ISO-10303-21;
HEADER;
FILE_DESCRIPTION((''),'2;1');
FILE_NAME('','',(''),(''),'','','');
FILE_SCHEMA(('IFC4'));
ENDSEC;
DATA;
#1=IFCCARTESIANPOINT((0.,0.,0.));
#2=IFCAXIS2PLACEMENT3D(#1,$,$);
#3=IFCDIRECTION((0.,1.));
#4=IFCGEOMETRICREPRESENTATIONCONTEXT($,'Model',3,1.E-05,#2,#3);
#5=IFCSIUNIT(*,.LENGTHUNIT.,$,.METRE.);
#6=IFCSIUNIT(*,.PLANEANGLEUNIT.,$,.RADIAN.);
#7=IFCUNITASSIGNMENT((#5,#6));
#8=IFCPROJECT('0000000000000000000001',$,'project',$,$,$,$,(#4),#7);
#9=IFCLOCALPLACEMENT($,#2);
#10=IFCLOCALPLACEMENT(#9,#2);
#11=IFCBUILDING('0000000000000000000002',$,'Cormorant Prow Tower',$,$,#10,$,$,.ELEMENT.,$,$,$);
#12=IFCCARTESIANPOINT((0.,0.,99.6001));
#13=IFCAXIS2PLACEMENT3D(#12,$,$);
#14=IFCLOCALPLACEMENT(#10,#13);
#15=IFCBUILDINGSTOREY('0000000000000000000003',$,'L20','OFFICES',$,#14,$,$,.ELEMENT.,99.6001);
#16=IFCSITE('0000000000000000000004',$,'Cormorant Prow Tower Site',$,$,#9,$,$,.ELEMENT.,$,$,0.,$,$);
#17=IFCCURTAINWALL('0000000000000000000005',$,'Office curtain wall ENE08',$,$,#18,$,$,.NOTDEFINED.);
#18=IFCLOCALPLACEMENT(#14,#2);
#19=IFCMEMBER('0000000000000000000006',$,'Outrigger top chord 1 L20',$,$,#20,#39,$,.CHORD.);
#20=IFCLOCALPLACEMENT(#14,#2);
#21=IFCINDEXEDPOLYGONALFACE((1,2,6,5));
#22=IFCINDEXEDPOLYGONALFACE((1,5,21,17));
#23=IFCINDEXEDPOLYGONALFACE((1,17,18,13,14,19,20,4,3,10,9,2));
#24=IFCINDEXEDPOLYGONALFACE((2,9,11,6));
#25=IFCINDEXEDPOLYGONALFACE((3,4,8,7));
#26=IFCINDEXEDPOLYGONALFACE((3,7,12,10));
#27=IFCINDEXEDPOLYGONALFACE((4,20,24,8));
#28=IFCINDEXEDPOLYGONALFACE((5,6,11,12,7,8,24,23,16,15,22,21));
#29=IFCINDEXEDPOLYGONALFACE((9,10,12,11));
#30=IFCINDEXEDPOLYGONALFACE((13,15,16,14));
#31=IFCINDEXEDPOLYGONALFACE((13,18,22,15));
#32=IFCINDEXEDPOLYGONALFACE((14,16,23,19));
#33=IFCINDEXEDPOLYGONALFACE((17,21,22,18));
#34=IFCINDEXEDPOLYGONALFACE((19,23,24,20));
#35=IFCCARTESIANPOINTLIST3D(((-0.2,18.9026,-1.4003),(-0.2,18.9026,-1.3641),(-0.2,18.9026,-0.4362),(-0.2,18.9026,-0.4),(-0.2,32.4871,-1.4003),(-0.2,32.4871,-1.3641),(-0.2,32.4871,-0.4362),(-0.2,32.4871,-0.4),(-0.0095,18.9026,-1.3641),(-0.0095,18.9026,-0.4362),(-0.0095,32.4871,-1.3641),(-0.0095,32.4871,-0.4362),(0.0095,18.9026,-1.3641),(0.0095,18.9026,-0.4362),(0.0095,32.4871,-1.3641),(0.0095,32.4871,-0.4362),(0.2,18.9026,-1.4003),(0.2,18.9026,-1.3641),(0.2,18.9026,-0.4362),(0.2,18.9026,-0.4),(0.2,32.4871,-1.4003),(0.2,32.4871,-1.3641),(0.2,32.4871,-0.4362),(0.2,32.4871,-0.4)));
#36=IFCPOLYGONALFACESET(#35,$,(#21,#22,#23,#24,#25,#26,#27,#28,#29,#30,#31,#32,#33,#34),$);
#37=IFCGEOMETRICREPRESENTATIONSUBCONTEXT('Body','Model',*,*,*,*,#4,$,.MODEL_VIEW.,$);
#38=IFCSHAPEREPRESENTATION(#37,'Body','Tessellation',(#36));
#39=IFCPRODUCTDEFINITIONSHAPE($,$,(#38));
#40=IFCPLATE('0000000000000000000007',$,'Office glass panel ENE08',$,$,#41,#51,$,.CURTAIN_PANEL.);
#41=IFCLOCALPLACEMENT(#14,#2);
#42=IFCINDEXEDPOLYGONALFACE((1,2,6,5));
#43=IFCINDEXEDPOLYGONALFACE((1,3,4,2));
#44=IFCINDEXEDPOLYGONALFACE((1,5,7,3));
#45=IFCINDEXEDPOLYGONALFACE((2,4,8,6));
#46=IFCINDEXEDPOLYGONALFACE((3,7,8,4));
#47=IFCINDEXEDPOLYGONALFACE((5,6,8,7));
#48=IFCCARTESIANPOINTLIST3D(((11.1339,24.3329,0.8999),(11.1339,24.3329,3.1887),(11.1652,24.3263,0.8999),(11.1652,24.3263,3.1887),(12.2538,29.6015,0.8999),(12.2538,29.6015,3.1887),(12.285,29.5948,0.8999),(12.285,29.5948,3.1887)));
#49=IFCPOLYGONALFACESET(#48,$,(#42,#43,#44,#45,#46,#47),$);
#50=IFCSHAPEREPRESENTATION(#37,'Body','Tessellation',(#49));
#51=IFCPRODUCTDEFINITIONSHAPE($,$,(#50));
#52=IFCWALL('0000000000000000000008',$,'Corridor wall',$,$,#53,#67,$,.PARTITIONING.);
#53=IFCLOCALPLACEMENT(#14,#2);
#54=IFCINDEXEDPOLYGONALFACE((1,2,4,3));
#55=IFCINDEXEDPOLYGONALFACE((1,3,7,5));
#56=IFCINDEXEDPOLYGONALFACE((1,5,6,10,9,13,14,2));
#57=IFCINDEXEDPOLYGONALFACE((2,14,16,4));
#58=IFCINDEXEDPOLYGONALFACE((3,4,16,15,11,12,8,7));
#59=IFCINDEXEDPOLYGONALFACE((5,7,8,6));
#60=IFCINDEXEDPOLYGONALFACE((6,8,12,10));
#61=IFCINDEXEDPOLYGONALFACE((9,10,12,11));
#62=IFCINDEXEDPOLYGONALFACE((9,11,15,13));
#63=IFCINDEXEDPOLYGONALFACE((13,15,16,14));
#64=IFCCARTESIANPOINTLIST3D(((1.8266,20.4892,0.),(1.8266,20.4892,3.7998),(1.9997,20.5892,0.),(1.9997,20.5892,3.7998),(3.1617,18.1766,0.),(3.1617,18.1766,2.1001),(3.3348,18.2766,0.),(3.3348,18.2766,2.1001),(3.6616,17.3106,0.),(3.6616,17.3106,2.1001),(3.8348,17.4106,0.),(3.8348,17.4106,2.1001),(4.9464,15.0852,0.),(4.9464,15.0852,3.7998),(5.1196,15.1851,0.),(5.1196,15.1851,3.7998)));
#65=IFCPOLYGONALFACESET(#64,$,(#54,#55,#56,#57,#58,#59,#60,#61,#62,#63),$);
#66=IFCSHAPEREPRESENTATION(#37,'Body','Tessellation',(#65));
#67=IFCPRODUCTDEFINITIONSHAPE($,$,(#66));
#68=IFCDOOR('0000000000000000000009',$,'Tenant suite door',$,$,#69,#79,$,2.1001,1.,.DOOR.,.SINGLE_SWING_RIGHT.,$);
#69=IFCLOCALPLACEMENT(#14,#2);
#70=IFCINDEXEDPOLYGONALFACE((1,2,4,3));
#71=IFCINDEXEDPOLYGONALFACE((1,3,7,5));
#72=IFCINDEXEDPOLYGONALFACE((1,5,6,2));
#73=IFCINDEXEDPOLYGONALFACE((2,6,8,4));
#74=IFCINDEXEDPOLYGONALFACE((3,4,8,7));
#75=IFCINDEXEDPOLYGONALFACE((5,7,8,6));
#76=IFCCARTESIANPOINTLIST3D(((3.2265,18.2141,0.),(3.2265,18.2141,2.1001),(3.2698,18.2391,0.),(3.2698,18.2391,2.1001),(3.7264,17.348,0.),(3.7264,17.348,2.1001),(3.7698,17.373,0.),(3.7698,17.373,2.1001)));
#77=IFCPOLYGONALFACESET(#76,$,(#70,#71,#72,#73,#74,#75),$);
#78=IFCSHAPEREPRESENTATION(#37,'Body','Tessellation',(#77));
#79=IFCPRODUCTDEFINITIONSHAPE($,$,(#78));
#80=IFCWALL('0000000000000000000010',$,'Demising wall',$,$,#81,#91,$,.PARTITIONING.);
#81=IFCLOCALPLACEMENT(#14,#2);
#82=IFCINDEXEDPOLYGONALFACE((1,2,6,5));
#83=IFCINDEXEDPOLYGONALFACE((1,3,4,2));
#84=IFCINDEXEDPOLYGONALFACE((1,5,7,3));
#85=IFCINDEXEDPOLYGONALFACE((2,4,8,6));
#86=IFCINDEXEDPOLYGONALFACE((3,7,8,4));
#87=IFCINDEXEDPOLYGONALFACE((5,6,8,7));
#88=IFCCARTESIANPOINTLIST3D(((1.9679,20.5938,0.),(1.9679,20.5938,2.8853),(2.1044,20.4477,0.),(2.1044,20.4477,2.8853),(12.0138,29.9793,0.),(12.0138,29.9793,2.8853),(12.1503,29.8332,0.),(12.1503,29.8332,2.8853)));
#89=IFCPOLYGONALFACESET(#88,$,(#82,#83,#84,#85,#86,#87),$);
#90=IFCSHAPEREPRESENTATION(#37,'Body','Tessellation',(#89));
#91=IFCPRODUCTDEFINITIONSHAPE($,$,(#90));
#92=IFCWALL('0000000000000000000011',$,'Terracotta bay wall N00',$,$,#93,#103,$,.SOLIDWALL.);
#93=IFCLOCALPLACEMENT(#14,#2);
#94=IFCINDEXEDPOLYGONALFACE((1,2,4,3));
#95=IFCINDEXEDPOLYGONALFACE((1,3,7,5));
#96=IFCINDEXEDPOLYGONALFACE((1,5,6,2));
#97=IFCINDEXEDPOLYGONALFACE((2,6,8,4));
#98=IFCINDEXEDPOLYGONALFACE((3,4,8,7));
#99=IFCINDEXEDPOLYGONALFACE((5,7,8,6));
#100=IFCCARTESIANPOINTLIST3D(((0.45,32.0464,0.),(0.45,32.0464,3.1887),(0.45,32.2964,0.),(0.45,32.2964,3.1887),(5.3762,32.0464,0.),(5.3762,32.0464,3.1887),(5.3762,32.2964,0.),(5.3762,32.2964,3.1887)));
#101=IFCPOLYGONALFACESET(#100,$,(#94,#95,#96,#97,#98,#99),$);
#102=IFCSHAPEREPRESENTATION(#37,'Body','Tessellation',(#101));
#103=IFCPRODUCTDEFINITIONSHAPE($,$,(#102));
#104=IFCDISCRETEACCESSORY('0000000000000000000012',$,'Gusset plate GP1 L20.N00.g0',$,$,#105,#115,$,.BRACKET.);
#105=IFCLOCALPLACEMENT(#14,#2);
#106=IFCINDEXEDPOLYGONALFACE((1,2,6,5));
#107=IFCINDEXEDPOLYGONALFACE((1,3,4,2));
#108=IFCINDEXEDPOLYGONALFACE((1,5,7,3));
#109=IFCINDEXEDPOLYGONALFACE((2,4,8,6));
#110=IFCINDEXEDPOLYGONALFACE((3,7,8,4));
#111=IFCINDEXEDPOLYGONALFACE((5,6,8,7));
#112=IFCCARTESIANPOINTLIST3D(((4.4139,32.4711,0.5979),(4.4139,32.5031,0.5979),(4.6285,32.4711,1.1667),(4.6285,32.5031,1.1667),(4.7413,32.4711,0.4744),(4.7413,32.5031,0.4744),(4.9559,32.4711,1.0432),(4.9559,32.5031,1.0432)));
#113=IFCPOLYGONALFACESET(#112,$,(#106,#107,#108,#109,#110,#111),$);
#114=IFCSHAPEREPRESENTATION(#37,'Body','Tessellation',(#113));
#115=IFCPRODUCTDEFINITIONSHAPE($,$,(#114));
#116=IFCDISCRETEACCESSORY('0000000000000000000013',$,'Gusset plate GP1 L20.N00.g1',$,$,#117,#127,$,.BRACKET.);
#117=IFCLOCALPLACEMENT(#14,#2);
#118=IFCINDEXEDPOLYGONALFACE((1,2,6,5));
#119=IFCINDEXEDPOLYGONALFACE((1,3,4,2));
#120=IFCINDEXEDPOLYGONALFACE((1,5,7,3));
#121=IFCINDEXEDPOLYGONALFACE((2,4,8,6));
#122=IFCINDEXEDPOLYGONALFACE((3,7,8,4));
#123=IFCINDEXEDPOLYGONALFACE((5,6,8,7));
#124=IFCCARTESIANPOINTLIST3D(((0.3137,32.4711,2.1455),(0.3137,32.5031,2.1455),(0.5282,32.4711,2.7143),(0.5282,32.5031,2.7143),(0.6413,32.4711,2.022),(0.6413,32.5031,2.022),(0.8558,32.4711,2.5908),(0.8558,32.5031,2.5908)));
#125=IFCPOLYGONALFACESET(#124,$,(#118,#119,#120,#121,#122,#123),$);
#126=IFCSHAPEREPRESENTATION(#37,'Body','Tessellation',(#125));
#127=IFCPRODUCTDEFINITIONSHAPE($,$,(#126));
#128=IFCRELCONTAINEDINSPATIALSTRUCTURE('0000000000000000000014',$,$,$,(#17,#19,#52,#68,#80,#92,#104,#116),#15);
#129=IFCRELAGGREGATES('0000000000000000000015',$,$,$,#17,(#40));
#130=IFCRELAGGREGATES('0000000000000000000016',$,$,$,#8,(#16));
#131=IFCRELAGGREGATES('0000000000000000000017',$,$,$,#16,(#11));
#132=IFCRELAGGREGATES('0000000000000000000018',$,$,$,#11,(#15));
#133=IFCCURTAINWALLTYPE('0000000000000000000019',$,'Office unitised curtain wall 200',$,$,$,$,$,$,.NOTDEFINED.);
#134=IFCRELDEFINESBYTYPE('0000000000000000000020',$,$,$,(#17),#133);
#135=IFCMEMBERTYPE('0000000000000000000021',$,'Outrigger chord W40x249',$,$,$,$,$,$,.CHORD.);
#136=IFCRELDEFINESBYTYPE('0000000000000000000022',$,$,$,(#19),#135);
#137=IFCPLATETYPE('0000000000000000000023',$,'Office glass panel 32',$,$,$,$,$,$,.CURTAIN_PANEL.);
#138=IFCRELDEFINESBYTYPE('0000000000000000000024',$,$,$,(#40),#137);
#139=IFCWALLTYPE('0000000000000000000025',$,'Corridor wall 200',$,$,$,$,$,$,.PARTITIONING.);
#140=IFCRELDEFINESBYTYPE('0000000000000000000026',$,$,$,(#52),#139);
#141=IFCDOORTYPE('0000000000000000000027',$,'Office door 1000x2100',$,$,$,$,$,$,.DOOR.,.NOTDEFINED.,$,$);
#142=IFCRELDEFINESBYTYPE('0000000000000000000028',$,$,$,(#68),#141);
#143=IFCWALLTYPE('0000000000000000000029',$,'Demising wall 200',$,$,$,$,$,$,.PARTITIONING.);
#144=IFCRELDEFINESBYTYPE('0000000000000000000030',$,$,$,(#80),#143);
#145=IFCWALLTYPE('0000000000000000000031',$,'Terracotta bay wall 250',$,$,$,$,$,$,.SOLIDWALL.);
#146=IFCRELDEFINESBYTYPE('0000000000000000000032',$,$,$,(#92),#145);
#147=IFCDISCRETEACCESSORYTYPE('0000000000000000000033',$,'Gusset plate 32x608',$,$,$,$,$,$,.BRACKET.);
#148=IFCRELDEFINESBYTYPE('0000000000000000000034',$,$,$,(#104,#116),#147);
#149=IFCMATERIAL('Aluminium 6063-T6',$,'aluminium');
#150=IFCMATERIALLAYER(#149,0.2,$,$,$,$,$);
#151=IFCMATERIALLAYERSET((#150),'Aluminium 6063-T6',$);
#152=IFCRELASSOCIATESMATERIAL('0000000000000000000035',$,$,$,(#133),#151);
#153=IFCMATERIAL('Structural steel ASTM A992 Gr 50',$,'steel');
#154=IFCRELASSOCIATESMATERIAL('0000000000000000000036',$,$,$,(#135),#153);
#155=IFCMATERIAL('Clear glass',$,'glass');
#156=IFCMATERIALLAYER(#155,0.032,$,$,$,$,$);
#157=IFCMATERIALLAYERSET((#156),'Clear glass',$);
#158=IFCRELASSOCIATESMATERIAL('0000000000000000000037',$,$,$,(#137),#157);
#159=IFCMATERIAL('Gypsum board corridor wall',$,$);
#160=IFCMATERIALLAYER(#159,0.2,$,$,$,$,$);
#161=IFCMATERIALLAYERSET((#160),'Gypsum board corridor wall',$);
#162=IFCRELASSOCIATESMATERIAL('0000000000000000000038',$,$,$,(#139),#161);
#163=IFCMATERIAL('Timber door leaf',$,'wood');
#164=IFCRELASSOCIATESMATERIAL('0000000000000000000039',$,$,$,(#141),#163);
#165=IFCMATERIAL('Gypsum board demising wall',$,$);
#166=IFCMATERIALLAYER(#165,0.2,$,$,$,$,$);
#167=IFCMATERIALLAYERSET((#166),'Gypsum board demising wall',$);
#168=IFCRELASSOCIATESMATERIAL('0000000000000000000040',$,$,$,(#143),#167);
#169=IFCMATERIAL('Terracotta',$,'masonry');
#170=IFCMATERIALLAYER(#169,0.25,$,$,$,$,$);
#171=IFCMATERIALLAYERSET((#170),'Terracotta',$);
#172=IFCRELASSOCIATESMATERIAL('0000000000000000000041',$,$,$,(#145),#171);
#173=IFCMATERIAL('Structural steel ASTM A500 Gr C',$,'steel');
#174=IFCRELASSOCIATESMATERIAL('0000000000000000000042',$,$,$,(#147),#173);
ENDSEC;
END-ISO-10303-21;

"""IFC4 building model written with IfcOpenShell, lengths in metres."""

from ifc_helpers import new_model, si_unit, direction, frame, frame_2d, origin, origin_2d, place, context, subcontext, project, spatial, rectangle, i_section, extrude, material, layer, layer_set, material_profile, profile_set, type_object, element, fill, aggregate, save


model = new_model("IFC4")

# Units and contexts
model_context = context("Model", 3, precision=1e-05, world=origin(), true_north=direction((0.0, 1.0)))
body_context = subcontext(model_context, "Body", "Model", "MODEL_VIEW")
ifc_project = project(units=[si_unit("LENGTHUNIT", "METRE"), si_unit("PLANEANGLEUNIT", "RADIAN")], contexts=[model_context])

# Site, building, storey
site_placement = place(None, origin())
site = spatial("IfcSite", under=ifc_project, at=site_placement, Name="Cormorant Prow Tower Site", CompositionType="ELEMENT", RefElevation=0.0)
building_placement = place(site_placement, origin())
building = spatial("IfcBuilding", under=site, at=building_placement, Name="Cormorant Prow Tower", CompositionType="ELEMENT")
storey_placement = place(building_placement, frame((0.0, 0.0, 99.6001)))
storey = spatial("IfcBuildingStorey", under=building, at=storey_placement, Name="L20", Description="OFFICES", CompositionType="ELEMENT", Elevation=99.6001)

# Curtain wall
ifc_material_1 = material(Name="Aluminium 6063-T6", Category="aluminium")
ifc_layer_1 = layer(ifc_material_1, 0.2)
ifc_layer_set_1 = layer_set([ifc_layer_1], Name="Aluminium 6063-T6")
curtain_wall_type = type_object("IfcCurtainWallType", Name="Office unitised curtain wall 200", PredefinedType="NOTDEFINED", material=ifc_layer_set_1)
curtain_wall_placement = place(storey_placement, origin())
curtain_wall = element("IfcCurtainWall", 1, at=curtain_wall_placement, inside=storey, type_object=curtain_wall_type, Name="Office curtain wall ENE08", PredefinedType="NOTDEFINED")

# Member
ifc_material_2 = material(Name="Structural steel ASTM A992 Gr 50", Category="steel")
ifc_material_profile_1 = material_profile(ifc_material_2, i_section(OverallWidth=0.3999, OverallDepth=1.0002, WebThickness=0.019, FlangeThickness=0.0361, at=origin_2d()), Name="W40x249")
ifc_profile_set_1 = profile_set([ifc_material_profile_1], Name="Structural steel ASTM A992 Gr 50")
member_type_1 = type_object("IfcMemberType", Name="Outrigger chord W40x249", PredefinedType="CHORD", material=ifc_profile_set_1)
member_1_placement = place(storey_placement, frame((0.0, 18.9026, -0.9001), z_axis=(0.0, 1.0, 0.0), x_axis=(-1.0, 0.0, 0.0)))
element("IfcMember", 2, at=member_1_placement, inside=storey, type_object=member_type_1, Name="Outrigger top chord 1 L20", PredefinedType="CHORD", context=body_context, shape_type="SweptSolid", body=[
    extrude(i_section(OverallWidth=0.3999, OverallDepth=1.0002, WebThickness=0.019, FlangeThickness=0.0361, at=origin_2d()), origin(), (0.0, 0.0, 1.0), 13.5845),
])

# Plate
ifc_material_3 = material(Name="Clear glass", Category="glass")
ifc_layer_2 = layer(ifc_material_3, 0.032)
ifc_layer_set_2 = layer_set([ifc_layer_2], Name="Clear glass")
plate_type = type_object("IfcPlateType", Name="Office glass panel 32", PredefinedType="CURTAIN_PANEL", material=ifc_layer_set_2)
plate_placement = place(storey_placement, frame((11.7095, 26.9639, 0.8999), z_axis=(0.0, 0.0, 1.0), x_axis=(0.207912, 0.978148, 0.0)))
plate = element("IfcPlate", 3, at=plate_placement, type_object=plate_type, Name="Office glass panel ENE08", PredefinedType="CURTAIN_PANEL", context=body_context, shape_type="SweptSolid", body=[
    extrude(rectangle(XDim=5.3862, YDim=0.032, at=origin_2d()), origin(), (0.0, 0.0, 1.0), 2.2888),
])
aggregate(curtain_wall, [plate])

# Wall, opening, door
ifc_material_4 = material(Name="Gypsum board corridor wall")
ifc_layer_3 = layer(ifc_material_4, 0.2)
ifc_layer_set_3 = layer_set([ifc_layer_3], Name="Gypsum board corridor wall")
wall_type_1 = type_object("IfcWallType", Name="Corridor wall 200", PredefinedType="PARTITIONING", material=ifc_layer_set_3)
wall_1_placement = place(storey_placement, frame((1.9131, 20.5393, 0.0), z_axis=(0.0, 0.0, 1.0), x_axis=(0.499981, -0.866036, 0.0)))
wall_1 = element("IfcWall", 4, at=wall_1_placement, inside=storey, type_object=wall_type_1, Name="Corridor wall", PredefinedType="PARTITIONING", context=body_context, shape_type="SweptSolid", body=[
    extrude(rectangle(XDim=6.24, YDim=0.2, at=frame_2d((3.1201, 0.0))), origin(), (0.0, 0.0, 1.0), 3.7998),
])
opening_1_placement = place(wall_1_placement, frame((2.6704, 0.0, 0.0)))
opening_1 = element("IfcOpeningElement", 5, at=opening_1_placement, cuts=wall_1, PredefinedType="OPENING", context=body_context, shape_type="SweptSolid", body=[
    extrude(rectangle(XDim=1.0, YDim=2.1001, at=frame_2d((0.5, 1.05))), frame((0.0, 0.1099, 0.0), z_axis=(0.0, -1.0, 0.0), x_axis=(1.0, 0.0, 0.0)), (0.0, 0.0, 1.0), 0.22),
])
ifc_material_5 = material(Name="Timber door leaf", Category="wood")
door_type_1 = type_object("IfcDoorType", Name="Office door 1000x2100", OperationType="NOTDEFINED", PredefinedType="DOOR", material=ifc_material_5)
door_1_placement = place(opening_1_placement, origin())
door_1 = element("IfcDoor", 6, at=door_1_placement, inside=storey, type_object=door_type_1, Name="Tenant suite door", OperationType="SINGLE_SWING_RIGHT", OverallHeight=2.1001, OverallWidth=1.0, PredefinedType="DOOR", context=body_context, shape_type="SweptSolid", body=[
    extrude(rectangle(XDim=1.0, YDim=2.1001, at=frame_2d((0.5, 1.05))), frame((0.0, 0.0249, 0.0), z_axis=(0.0, -1.0, 0.0), x_axis=(1.0, 0.0, 0.0)), (0.0, 0.0, 1.0), 0.05),
])
fill(opening_1, door_1)

# Walls
ifc_material_6 = material(Name="Gypsum board demising wall")
ifc_layer_4 = layer(ifc_material_6, 0.2)
ifc_layer_set_4 = layer_set([ifc_layer_4], Name="Gypsum board demising wall")
wall_type_2 = type_object("IfcWallType", Name="Demising wall 200", PredefinedType="PARTITIONING", material=ifc_layer_set_4)
wall_2_placement = place(storey_placement, frame((2.0361, 20.5208, 0.0), z_axis=(0.0, 0.0, 1.0), x_axis=(0.730717, 0.682681, 0.0)))
element("IfcWall", 7, at=wall_2_placement, inside=storey, type_object=wall_type_2, Name="Demising wall", PredefinedType="PARTITIONING", context=body_context, shape_type="SweptSolid", body=[
    extrude(rectangle(XDim=13.748, YDim=0.2, at=frame_2d((6.874, 0.0))), origin(), (0.0, 0.0, 1.0), 2.8853),
])
ifc_material_7 = material(Name="Terracotta", Category="masonry")
ifc_layer_5 = layer(ifc_material_7, 0.25)
ifc_layer_set_5 = layer_set([ifc_layer_5], Name="Terracotta")
wall_type_3 = type_object("IfcWallType", Name="Terracotta bay wall 250", PredefinedType="SOLIDWALL", material=ifc_layer_set_5)
wall_3_placement = place(storey_placement, frame((5.3762, 32.1714, 0.0), z_axis=(0.0, 0.0, 1.0), x_axis=(-1.0, 0.0, 0.0)))
element("IfcWall", 8, at=wall_3_placement, inside=storey, type_object=wall_type_3, Name="Terracotta bay wall N00", PredefinedType="SOLIDWALL", context=body_context, shape_type="SweptSolid", body=[
    extrude(rectangle(XDim=4.9263, YDim=0.25, at=frame_2d((2.4631, 0.0))), origin(), (0.0, 0.0, 1.0), 3.1887),
])

# Discrete accessories
ifc_material_8 = material(Name="Structural steel ASTM A500 Gr C", Category="steel")
ifc_material_profile_2 = material_profile(ifc_material_8, rectangle(XDim=0.032, YDim=0.6079, at=origin_2d()), Name="Gusset plate 32x608")
ifc_profile_set_2 = profile_set([ifc_material_profile_2], Name="Structural steel ASTM A500 Gr C")
discrete_accessory_type = type_object("IfcDiscreteAccessoryType", Name="Gusset plate 32x608", PredefinedType="BRACKET", material=ifc_profile_set_2)
discrete_accessory_1_placement = place(storey_placement, frame((4.5212, 32.4871, 0.8823), z_axis=(0.93561, 0.0, -0.353034), x_axis=(0.0, 1.0, 0.0)))
element("IfcDiscreteAccessory", 9, at=discrete_accessory_1_placement, inside=storey, type_object=discrete_accessory_type, Name="Gusset plate GP1 L20.N00.g0", PredefinedType="BRACKET", context=body_context, shape_type="SweptSolid", body=[
    extrude(rectangle(XDim=0.032, YDim=0.6079, at=origin_2d()), origin(), (0.0, 0.0, 1.0), 0.3499),
])
discrete_accessory_2_placement = place(storey_placement, frame((0.7485, 32.4871, 2.3064), z_axis=(-0.935697, 0.0, 0.352804), x_axis=(0.0, -1.0, 0.0)))
element("IfcDiscreteAccessory", 10, at=discrete_accessory_2_placement, inside=storey, type_object=discrete_accessory_type, Name="Gusset plate GP1 L20.N00.g1", PredefinedType="BRACKET", context=body_context, shape_type="SweptSolid", body=[
    extrude(rectangle(XDim=0.032, YDim=0.6079, at=origin_2d()), origin(), (0.0, 0.0, 1.0), 0.3501),
])

save(model, "model.ifc")
